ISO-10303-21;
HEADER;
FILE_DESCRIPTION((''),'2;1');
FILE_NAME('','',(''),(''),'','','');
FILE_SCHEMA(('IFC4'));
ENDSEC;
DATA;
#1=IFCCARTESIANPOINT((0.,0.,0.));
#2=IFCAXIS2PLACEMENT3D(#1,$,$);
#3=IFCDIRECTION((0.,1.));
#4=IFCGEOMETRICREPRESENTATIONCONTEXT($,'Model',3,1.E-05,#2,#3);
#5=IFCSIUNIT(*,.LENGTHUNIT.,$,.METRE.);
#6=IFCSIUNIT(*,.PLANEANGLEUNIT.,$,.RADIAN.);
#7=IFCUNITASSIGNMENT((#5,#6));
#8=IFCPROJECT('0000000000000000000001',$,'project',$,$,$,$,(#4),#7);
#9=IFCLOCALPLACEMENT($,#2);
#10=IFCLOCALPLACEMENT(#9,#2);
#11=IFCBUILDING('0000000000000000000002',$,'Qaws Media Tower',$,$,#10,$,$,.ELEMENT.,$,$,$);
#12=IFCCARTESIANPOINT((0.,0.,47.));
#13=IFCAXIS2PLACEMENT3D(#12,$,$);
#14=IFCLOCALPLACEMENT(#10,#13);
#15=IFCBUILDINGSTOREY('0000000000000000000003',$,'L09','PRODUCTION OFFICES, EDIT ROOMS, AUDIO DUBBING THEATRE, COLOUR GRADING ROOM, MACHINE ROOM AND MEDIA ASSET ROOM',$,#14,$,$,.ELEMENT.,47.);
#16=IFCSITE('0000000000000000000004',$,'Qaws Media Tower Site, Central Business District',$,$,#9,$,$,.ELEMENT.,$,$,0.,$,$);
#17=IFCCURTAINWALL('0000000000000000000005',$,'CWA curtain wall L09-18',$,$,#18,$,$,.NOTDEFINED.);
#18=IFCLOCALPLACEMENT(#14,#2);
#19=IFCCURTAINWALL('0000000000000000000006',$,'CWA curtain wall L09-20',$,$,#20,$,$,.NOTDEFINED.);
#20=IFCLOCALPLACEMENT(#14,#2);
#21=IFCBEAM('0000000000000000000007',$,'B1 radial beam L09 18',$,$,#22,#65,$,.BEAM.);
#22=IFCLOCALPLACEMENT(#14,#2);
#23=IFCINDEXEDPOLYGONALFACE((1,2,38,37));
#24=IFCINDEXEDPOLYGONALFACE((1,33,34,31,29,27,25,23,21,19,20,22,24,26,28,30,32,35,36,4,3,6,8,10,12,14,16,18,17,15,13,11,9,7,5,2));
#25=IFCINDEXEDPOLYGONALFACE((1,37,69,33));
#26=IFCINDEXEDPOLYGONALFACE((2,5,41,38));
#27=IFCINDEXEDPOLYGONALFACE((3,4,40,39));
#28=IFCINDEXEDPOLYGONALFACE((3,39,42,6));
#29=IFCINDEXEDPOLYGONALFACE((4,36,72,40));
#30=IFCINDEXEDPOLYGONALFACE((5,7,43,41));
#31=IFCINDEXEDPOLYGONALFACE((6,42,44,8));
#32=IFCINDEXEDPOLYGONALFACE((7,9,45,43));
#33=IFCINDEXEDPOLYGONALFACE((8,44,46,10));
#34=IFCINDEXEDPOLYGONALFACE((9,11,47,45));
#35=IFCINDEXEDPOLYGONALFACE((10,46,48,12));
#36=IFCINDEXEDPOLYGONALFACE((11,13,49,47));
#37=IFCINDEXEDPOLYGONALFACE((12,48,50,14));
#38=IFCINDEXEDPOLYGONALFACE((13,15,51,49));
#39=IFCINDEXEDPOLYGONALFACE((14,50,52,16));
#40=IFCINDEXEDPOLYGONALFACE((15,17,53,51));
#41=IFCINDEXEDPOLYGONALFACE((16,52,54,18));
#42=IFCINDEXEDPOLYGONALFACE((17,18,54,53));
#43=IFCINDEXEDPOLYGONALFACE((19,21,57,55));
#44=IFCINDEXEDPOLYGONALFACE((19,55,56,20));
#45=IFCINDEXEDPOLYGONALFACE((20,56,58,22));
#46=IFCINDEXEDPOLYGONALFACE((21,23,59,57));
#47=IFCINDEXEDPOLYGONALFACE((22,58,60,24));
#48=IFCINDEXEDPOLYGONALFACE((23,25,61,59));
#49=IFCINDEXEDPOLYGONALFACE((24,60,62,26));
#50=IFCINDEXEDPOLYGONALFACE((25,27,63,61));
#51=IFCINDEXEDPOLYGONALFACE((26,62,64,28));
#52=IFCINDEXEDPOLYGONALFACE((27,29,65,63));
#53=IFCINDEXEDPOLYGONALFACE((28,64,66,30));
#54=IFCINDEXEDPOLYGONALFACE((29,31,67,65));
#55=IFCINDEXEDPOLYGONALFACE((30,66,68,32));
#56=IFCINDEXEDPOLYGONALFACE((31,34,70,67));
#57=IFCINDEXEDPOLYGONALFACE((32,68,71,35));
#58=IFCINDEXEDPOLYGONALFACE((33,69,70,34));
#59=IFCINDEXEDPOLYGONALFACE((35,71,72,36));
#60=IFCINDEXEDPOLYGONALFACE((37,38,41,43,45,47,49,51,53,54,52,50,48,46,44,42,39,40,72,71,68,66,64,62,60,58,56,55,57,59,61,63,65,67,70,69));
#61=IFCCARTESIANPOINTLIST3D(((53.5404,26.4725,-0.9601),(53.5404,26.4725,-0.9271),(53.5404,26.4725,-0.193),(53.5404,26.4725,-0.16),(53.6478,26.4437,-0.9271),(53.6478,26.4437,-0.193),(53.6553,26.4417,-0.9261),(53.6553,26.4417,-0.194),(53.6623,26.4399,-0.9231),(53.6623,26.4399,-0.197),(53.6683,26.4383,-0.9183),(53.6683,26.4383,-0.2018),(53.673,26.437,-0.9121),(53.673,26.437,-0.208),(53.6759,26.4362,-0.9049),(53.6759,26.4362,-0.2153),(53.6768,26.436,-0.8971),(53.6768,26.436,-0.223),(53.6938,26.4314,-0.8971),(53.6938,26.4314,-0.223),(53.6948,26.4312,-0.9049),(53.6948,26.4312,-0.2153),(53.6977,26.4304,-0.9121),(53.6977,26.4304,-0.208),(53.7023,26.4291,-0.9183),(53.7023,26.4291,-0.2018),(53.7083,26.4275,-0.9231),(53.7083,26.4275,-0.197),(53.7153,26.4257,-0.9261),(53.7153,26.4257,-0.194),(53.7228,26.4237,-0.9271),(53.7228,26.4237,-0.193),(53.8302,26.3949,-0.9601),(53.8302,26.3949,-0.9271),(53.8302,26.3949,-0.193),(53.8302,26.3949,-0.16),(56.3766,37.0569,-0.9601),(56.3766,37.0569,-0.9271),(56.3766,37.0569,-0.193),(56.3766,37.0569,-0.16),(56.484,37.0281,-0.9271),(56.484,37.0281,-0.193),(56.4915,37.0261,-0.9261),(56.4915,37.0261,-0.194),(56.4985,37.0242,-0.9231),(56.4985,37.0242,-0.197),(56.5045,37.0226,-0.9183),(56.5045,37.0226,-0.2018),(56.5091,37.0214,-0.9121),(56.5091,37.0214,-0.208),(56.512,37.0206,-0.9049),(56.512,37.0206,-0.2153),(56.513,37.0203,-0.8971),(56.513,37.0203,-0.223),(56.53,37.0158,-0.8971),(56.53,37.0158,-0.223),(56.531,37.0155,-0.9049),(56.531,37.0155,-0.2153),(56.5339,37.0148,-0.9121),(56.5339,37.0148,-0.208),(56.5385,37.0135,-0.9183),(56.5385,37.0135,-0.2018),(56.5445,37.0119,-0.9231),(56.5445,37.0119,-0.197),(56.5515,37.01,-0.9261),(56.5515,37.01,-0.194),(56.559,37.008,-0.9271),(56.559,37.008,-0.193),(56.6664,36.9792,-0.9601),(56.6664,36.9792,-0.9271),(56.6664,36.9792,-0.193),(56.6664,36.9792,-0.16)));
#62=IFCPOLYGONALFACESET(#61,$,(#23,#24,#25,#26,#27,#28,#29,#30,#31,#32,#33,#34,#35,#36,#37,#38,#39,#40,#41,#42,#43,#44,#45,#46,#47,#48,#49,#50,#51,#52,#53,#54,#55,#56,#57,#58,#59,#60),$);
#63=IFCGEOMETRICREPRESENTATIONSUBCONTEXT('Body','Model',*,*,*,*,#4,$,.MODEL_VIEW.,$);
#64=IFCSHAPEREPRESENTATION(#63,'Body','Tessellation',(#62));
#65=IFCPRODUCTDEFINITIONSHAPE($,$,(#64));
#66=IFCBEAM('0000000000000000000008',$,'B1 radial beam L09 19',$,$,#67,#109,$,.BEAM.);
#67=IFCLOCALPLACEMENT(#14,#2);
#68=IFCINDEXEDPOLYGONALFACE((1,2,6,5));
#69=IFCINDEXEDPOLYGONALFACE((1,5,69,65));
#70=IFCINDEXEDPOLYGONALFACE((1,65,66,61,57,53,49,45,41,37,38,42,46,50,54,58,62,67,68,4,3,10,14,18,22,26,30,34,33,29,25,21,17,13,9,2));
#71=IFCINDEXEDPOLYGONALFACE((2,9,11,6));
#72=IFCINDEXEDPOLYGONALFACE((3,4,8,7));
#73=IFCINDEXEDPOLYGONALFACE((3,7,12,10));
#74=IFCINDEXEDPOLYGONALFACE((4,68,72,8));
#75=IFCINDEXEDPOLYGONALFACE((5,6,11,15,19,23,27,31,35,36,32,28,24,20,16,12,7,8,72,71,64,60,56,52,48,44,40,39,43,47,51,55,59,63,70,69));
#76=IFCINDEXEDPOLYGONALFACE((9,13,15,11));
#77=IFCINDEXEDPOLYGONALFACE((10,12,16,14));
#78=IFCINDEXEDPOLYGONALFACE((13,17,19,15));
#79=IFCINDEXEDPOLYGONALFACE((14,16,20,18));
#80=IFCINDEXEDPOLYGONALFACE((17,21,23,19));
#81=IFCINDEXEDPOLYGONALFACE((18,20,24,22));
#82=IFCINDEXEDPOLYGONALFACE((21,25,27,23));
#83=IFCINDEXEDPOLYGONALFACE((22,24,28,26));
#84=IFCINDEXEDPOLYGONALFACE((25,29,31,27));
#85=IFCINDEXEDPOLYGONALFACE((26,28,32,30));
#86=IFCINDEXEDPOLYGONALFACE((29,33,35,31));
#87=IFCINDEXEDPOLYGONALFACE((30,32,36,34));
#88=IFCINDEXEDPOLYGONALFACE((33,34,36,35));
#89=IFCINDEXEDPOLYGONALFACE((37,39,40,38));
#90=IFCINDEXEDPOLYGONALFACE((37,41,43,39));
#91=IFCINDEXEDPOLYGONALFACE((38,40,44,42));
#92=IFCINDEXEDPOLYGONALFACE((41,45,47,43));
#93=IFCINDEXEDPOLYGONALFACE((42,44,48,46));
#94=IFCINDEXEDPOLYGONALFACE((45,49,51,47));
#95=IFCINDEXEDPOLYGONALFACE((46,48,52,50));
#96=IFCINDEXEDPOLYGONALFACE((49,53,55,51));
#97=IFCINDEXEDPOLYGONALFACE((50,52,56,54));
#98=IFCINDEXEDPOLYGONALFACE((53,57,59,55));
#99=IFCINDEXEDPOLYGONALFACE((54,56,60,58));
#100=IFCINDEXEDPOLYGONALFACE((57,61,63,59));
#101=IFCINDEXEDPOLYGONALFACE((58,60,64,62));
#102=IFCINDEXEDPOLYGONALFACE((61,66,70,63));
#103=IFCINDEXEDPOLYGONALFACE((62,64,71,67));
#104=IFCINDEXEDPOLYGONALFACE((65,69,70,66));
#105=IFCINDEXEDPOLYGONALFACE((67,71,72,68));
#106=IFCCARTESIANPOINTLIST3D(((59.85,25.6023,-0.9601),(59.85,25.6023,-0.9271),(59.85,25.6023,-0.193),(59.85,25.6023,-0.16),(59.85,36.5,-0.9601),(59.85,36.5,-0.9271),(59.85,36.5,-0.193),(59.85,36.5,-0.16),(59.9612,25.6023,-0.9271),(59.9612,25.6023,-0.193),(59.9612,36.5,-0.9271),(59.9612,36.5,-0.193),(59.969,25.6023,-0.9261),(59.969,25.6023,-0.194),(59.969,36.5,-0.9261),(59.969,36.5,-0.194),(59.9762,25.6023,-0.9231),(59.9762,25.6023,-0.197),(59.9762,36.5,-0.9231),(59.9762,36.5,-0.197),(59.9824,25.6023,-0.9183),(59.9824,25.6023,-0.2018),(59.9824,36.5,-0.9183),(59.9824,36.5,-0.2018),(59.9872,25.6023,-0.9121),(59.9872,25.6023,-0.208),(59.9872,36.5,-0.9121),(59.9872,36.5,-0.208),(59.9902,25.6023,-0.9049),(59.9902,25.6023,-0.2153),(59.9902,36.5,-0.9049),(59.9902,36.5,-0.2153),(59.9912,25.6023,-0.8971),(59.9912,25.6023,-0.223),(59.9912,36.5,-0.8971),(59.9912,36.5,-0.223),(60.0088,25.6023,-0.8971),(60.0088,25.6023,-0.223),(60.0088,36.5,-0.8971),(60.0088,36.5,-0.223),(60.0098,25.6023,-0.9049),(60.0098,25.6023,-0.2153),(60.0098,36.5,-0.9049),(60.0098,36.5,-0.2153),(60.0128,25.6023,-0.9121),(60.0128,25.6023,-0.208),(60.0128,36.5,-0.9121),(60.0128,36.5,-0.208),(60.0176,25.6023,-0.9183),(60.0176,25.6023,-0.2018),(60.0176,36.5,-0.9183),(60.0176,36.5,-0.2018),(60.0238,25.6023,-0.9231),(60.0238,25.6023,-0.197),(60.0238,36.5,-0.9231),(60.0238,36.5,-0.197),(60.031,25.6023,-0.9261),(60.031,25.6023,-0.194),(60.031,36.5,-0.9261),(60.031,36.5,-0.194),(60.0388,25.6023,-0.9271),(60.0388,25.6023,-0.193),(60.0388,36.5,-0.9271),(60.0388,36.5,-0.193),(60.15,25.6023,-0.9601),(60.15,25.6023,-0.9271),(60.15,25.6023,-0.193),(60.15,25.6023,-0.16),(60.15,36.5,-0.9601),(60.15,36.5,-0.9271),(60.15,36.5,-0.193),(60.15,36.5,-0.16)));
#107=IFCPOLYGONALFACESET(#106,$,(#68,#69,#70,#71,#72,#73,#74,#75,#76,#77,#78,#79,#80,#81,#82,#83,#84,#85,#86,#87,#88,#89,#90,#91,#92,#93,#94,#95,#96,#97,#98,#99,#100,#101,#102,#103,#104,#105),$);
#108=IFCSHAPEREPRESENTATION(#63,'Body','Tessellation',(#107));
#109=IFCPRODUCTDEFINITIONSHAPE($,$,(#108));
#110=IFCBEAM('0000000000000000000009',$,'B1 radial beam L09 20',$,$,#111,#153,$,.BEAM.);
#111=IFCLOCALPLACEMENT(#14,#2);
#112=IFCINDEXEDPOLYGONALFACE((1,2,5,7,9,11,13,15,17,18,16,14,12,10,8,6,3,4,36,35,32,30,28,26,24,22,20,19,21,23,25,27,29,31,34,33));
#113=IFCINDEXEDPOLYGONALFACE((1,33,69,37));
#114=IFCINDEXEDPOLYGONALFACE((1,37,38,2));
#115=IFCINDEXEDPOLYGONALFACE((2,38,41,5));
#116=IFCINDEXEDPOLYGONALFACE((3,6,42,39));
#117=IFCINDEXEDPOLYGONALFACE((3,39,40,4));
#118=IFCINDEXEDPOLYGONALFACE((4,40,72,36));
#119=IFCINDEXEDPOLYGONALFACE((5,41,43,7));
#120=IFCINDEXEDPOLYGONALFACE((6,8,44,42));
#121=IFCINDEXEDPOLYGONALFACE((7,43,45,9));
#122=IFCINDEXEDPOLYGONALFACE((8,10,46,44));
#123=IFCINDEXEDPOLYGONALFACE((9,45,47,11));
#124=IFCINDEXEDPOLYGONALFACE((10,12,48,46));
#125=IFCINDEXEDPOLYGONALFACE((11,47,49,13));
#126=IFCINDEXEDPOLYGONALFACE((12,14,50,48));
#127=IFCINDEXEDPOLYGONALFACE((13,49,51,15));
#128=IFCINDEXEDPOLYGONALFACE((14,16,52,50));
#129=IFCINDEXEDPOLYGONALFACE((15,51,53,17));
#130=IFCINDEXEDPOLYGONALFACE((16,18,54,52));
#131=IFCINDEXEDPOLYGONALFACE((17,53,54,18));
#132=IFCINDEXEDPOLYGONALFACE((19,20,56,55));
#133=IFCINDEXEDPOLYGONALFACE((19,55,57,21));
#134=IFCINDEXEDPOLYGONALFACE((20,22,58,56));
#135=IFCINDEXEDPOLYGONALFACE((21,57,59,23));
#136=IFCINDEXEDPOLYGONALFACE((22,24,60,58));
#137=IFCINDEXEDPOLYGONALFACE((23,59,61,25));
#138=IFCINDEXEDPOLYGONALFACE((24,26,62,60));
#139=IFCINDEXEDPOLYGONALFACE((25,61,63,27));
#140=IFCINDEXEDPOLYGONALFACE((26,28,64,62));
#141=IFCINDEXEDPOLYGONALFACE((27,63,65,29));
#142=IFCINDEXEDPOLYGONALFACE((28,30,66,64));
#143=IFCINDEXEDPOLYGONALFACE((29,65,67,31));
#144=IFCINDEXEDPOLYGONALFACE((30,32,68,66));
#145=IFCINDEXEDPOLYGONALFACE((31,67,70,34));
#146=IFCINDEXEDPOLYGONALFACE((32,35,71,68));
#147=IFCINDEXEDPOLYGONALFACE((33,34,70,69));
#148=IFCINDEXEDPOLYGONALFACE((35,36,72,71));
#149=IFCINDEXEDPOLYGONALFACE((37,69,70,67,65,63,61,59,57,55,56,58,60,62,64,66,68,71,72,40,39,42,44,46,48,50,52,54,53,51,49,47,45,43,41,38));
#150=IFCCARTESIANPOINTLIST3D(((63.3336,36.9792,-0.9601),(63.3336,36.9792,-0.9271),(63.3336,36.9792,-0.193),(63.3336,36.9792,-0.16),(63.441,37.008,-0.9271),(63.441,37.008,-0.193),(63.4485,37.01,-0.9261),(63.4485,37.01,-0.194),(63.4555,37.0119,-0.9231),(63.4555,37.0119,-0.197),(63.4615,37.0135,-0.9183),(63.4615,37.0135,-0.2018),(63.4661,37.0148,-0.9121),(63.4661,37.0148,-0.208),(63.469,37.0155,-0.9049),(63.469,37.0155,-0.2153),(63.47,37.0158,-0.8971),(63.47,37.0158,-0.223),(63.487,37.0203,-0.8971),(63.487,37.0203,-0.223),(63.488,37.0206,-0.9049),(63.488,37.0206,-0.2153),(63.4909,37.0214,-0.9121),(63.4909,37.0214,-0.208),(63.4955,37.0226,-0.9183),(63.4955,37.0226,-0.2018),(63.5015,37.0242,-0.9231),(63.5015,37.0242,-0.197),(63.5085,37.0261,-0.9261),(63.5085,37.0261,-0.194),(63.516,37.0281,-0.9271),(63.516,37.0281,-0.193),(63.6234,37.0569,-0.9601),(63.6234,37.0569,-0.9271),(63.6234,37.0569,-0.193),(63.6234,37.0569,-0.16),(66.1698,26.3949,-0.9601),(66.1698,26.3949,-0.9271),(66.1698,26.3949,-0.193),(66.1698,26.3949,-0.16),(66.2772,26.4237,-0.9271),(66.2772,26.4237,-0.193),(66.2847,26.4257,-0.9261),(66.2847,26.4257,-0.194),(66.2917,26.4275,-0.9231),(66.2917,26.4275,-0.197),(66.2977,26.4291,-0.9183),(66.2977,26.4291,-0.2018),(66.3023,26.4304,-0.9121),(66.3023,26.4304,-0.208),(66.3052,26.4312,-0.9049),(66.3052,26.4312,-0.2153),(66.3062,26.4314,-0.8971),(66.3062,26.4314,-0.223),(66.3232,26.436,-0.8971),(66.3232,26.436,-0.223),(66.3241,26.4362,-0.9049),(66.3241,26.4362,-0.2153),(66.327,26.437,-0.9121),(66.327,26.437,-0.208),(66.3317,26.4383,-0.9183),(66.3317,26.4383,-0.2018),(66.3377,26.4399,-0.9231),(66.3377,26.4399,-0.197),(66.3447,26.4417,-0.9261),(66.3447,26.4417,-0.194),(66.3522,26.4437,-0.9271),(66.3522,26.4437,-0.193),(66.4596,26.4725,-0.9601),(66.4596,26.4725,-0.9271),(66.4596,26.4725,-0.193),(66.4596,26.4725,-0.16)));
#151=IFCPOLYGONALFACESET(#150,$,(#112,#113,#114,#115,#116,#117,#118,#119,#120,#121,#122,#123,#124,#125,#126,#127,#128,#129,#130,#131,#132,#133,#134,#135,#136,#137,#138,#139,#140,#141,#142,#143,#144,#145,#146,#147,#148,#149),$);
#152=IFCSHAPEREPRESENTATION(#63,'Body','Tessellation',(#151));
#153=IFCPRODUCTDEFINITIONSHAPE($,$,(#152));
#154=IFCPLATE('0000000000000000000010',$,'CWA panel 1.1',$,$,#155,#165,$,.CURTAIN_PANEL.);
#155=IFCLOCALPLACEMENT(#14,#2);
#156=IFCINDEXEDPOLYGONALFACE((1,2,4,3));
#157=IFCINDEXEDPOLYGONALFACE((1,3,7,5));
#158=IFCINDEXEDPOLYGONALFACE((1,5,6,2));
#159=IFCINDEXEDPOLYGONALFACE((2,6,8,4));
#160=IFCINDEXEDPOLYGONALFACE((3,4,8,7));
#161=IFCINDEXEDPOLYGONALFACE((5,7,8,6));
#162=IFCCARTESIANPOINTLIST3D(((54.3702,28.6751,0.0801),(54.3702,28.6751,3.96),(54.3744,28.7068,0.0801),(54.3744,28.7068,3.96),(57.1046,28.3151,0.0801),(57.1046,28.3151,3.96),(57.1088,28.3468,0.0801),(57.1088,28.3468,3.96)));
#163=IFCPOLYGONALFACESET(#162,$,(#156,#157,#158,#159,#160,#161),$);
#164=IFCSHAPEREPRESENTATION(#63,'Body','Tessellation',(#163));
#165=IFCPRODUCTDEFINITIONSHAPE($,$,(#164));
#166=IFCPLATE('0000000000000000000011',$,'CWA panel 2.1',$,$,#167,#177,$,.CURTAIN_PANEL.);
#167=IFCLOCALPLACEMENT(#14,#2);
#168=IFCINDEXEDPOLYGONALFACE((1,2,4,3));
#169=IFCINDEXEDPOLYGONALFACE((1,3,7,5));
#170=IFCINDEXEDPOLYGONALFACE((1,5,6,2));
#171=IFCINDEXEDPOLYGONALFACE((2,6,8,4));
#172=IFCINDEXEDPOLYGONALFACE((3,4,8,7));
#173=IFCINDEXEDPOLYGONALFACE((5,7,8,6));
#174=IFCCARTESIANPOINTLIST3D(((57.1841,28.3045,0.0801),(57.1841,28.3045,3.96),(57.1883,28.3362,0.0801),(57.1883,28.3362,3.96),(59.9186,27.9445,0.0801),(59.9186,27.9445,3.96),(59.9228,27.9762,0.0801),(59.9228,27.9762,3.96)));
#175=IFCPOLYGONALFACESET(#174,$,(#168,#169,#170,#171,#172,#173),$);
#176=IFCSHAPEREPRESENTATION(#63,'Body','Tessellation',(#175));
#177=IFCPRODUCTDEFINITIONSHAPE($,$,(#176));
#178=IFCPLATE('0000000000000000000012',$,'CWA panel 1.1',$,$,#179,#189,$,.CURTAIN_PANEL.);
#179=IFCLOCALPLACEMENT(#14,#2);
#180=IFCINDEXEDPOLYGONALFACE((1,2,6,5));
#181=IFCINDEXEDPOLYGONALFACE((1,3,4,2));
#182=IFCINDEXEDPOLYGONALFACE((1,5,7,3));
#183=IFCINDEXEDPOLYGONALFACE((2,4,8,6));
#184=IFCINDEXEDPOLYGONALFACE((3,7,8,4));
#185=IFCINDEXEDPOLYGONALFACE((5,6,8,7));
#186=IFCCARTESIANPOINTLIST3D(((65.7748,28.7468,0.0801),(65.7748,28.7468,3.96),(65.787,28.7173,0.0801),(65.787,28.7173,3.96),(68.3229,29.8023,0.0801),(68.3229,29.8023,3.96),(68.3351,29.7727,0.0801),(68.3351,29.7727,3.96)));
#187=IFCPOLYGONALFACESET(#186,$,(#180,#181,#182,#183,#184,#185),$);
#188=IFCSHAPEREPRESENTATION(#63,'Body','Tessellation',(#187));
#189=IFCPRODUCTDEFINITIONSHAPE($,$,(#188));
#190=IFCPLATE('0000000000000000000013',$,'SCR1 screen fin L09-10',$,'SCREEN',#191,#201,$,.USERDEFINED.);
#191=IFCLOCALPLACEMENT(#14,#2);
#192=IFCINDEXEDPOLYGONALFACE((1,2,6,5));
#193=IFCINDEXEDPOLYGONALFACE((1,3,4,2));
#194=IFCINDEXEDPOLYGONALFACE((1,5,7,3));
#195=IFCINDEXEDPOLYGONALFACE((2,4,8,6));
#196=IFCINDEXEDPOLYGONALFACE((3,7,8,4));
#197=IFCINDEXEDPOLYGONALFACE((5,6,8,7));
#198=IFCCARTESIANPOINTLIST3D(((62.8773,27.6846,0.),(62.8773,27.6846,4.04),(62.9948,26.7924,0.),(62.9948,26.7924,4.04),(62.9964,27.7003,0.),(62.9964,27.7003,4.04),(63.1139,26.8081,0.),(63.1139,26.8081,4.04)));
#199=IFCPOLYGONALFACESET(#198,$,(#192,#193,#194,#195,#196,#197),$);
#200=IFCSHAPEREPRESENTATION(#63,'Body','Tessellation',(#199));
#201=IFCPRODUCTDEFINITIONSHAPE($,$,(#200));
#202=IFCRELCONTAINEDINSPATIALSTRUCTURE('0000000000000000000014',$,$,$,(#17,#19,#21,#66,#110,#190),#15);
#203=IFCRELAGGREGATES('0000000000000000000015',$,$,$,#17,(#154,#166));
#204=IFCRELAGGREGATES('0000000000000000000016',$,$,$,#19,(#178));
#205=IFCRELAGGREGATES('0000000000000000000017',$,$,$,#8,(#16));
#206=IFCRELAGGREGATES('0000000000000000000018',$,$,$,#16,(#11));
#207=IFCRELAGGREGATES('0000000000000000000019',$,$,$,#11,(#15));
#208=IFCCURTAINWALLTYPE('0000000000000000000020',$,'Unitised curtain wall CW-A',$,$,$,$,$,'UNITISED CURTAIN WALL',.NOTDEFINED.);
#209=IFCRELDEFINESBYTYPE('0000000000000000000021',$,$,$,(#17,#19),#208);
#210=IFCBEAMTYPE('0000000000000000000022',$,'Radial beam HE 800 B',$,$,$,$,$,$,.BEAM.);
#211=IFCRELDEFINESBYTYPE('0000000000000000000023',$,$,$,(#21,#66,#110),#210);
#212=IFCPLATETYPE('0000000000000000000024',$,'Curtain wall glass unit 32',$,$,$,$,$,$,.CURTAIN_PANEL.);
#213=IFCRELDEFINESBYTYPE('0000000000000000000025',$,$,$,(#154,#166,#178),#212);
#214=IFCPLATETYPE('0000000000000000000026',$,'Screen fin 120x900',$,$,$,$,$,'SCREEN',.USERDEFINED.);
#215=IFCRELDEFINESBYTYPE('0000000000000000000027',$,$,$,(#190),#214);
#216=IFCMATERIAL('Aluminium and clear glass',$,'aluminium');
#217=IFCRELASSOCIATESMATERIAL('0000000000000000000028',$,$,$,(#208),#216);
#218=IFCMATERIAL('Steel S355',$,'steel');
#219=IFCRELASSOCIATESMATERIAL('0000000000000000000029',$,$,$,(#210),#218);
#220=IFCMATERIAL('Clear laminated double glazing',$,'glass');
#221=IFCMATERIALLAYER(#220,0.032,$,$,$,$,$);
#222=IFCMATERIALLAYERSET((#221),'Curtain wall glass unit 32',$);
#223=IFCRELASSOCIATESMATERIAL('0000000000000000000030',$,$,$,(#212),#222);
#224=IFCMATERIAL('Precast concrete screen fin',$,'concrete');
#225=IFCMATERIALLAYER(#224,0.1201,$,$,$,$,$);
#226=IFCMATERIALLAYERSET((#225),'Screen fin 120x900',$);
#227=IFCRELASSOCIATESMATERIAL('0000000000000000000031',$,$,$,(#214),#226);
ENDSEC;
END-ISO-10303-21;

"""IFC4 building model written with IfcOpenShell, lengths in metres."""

from ifc_helpers import new_model, si_unit, direction, frame, origin, origin_2d, place, context, subcontext, project, spatial, rectangle, i_section, extrude, material, layer, layer_set, material_profile, profile_set, type_object, element, aggregate, save


model = new_model("IFC4")

# Units and contexts
model_context = context("Model", 3, precision=1e-05, world=origin(), true_north=direction((0.0, 1.0)))
body_context = subcontext(model_context, "Body", "Model", "MODEL_VIEW")
ifc_project = project(units=[si_unit("LENGTHUNIT", "METRE"), si_unit("PLANEANGLEUNIT", "RADIAN")], contexts=[model_context])

# Site, building, storey
site_placement = place(None, origin())
site = spatial("IfcSite", under=ifc_project, at=site_placement, Name="Qaws Media Tower Site, Central Business District", CompositionType="ELEMENT", RefElevation=0.0)
building_placement = place(site_placement, origin())
building = spatial("IfcBuilding", under=site, at=building_placement, Name="Qaws Media Tower", CompositionType="ELEMENT")
storey_placement = place(building_placement, frame((0.0, 0.0, 47.0)))
storey = spatial("IfcBuildingStorey", under=building, at=storey_placement, Name="L09", Description="PRODUCTION OFFICES, EDIT ROOMS, AUDIO DUBBING THEATRE, COLOUR GRADING ROOM, MACHINE ROOM AND MEDIA ASSET ROOM", CompositionType="ELEMENT", Elevation=47.0)

# Curtain walls
ifc_material_1 = material(Name="Aluminium and clear glass", Category="aluminium")
curtain_wall_type = type_object("IfcCurtainWallType", Name="Unitised curtain wall CW-A", ElementType="UNITISED CURTAIN WALL", PredefinedType="NOTDEFINED", material=ifc_material_1)
curtain_wall_1_placement = place(storey_placement, origin())
curtain_wall_1 = element("IfcCurtainWall", 1, at=curtain_wall_1_placement, inside=storey, type_object=curtain_wall_type, Name="CWA curtain wall L09-18", PredefinedType="NOTDEFINED")
curtain_wall_2_placement = place(storey_placement, origin())
curtain_wall_2 = element("IfcCurtainWall", 2, at=curtain_wall_2_placement, inside=storey, type_object=curtain_wall_type, Name="CWA curtain wall L09-20", PredefinedType="NOTDEFINED")

# Beams
ifc_material_2 = material(Name="Steel S355", Category="steel")
ifc_material_profile_1 = material_profile(ifc_material_2, i_section(OverallWidth=0.3, OverallDepth=0.8, WebThickness=0.0176, FlangeThickness=0.033, FilletRadius=0.03, at=origin_2d()), Name="HE 800 B")
ifc_profile_set_1 = profile_set([ifc_material_profile_1], Name="Steel S355")
beam_type_1 = type_object("IfcBeamType", Name="Radial beam HE 800 B", PredefinedType="BEAM", material=ifc_profile_set_1)
beam_1_placement = place(storey_placement, frame((56.5215, 37.0181, -0.5601), z_axis=(-0.258826, -0.965924, 0.0), x_axis=(0.965924, -0.258826, 0.0)))
element("IfcBeam", 3, at=beam_1_placement, inside=storey, type_object=beam_type_1, Name="B1 radial beam L09 18", PredefinedType="BEAM", context=body_context, shape_type="SweptSolid", body=[
    extrude(i_section(OverallWidth=0.3, OverallDepth=0.8, WebThickness=0.0176, FlangeThickness=0.033, FilletRadius=0.03, at=origin_2d()), origin(), (0.0, 0.0, 1.0), 10.9578),
])
beam_2_placement = place(storey_placement, frame((60.0, 36.5, -0.5601), z_axis=(0.0, -1.0, 0.0), x_axis=(1.0, 0.0, 0.0)))
element("IfcBeam", 4, at=beam_2_placement, inside=storey, type_object=beam_type_1, Name="B1 radial beam L09 19", PredefinedType="BEAM", context=body_context, shape_type="SweptSolid", body=[
    extrude(i_section(OverallWidth=0.3, OverallDepth=0.8, WebThickness=0.0176, FlangeThickness=0.033, FilletRadius=0.03, at=origin_2d()), origin(), (0.0, 0.0, 1.0), 10.8977),
])
beam_3_placement = place(storey_placement, frame((63.4785, 37.0181, -0.5601), z_axis=(0.258826, -0.965924, 0.0), x_axis=(0.965924, 0.258826, 0.0)))
element("IfcBeam", 5, at=beam_3_placement, inside=storey, type_object=beam_type_1, Name="B1 radial beam L09 20", PredefinedType="BEAM", context=body_context, shape_type="SweptSolid", body=[
    extrude(i_section(OverallWidth=0.3, OverallDepth=0.8, WebThickness=0.0176, FlangeThickness=0.033, FilletRadius=0.03, at=origin_2d()), origin(), (0.0, 0.0, 1.0), 10.9578),
])

# Plates
ifc_material_3 = material(Name="Clear laminated double glazing", Category="glass")
ifc_layer_1 = layer(ifc_material_3, 0.032)
ifc_layer_set_1 = layer_set([ifc_layer_1], Name="Curtain wall glass unit 32")
plate_type_1 = type_object("IfcPlateType", Name="Curtain wall glass unit 32", PredefinedType="CURTAIN_PANEL", material=ifc_layer_set_1)
plate_1_placement = place(storey_placement, frame((55.7395, 28.511, 0.0801), z_axis=(0.0, 0.0, 1.0), x_axis=(0.991445, -0.130526, 0.0)))
plate_1 = element("IfcPlate", 6, at=plate_1_placement, type_object=plate_type_1, Name="CWA panel 1.1", PredefinedType="CURTAIN_PANEL", context=body_context, shape_type="SweptSolid", body=[
    extrude(rectangle(XDim=2.7581, YDim=0.032, at=origin_2d()), origin(), (0.0, 0.0, 1.0), 3.8799),
])
plate_2_placement = place(storey_placement, frame((58.5535, 28.1404, 0.0801), z_axis=(0.0, 0.0, 1.0), x_axis=(0.991445, -0.130526, 0.0)))
plate_2 = element("IfcPlate", 7, at=plate_2_placement, type_object=plate_type_1, Name="CWA panel 2.1", PredefinedType="CURTAIN_PANEL", context=body_context, shape_type="SweptSolid", body=[
    extrude(rectangle(XDim=2.7581, YDim=0.032, at=origin_2d()), origin(), (0.0, 0.0, 1.0), 3.8799),
])
aggregate(curtain_wall_1, [plate_1, plate_2])
plate_3_placement = place(storey_placement, frame((67.0549, 29.2598, 0.0801), z_axis=(0.0, 0.0, 1.0), x_axis=(0.92388, 0.382683, 0.0)))
plate_3 = element("IfcPlate", 8, at=plate_3_placement, type_object=plate_type_1, Name="CWA panel 1.1", PredefinedType="CURTAIN_PANEL", context=body_context, shape_type="SweptSolid", body=[
    extrude(rectangle(XDim=2.7581, YDim=0.032, at=origin_2d()), origin(), (0.0, 0.0, 1.0), 3.8799),
])
aggregate(curtain_wall_2, [plate_3])
ifc_material_4 = material(Name="Precast concrete screen fin", Category="concrete")
ifc_layer_2 = layer(ifc_material_4, 0.1201)
ifc_layer_set_2 = layer_set([ifc_layer_2], Name="Screen fin 120x900")
plate_type_2 = type_object("IfcPlateType", Name="Screen fin 120x900", ElementType="SCREEN", PredefinedType="USERDEFINED", material=ifc_layer_set_2)
plate_4_placement = place(storey_placement, frame((62.9956, 27.2463, 0.0), z_axis=(0.0, 0.0, 1.0), x_axis=(0.130526, -0.991445, 0.0)))
element("IfcPlate", 9, at=plate_4_placement, inside=storey, type_object=plate_type_2, Name="SCR1 screen fin L09-10", ObjectType="SCREEN", PredefinedType="USERDEFINED", context=body_context, shape_type="SweptSolid", body=[
    extrude(rectangle(XDim=0.8999, YDim=0.1201, at=origin_2d()), origin(), (0.0, 0.0, 1.0), 4.04),
])

save(model, "model.ifc")
